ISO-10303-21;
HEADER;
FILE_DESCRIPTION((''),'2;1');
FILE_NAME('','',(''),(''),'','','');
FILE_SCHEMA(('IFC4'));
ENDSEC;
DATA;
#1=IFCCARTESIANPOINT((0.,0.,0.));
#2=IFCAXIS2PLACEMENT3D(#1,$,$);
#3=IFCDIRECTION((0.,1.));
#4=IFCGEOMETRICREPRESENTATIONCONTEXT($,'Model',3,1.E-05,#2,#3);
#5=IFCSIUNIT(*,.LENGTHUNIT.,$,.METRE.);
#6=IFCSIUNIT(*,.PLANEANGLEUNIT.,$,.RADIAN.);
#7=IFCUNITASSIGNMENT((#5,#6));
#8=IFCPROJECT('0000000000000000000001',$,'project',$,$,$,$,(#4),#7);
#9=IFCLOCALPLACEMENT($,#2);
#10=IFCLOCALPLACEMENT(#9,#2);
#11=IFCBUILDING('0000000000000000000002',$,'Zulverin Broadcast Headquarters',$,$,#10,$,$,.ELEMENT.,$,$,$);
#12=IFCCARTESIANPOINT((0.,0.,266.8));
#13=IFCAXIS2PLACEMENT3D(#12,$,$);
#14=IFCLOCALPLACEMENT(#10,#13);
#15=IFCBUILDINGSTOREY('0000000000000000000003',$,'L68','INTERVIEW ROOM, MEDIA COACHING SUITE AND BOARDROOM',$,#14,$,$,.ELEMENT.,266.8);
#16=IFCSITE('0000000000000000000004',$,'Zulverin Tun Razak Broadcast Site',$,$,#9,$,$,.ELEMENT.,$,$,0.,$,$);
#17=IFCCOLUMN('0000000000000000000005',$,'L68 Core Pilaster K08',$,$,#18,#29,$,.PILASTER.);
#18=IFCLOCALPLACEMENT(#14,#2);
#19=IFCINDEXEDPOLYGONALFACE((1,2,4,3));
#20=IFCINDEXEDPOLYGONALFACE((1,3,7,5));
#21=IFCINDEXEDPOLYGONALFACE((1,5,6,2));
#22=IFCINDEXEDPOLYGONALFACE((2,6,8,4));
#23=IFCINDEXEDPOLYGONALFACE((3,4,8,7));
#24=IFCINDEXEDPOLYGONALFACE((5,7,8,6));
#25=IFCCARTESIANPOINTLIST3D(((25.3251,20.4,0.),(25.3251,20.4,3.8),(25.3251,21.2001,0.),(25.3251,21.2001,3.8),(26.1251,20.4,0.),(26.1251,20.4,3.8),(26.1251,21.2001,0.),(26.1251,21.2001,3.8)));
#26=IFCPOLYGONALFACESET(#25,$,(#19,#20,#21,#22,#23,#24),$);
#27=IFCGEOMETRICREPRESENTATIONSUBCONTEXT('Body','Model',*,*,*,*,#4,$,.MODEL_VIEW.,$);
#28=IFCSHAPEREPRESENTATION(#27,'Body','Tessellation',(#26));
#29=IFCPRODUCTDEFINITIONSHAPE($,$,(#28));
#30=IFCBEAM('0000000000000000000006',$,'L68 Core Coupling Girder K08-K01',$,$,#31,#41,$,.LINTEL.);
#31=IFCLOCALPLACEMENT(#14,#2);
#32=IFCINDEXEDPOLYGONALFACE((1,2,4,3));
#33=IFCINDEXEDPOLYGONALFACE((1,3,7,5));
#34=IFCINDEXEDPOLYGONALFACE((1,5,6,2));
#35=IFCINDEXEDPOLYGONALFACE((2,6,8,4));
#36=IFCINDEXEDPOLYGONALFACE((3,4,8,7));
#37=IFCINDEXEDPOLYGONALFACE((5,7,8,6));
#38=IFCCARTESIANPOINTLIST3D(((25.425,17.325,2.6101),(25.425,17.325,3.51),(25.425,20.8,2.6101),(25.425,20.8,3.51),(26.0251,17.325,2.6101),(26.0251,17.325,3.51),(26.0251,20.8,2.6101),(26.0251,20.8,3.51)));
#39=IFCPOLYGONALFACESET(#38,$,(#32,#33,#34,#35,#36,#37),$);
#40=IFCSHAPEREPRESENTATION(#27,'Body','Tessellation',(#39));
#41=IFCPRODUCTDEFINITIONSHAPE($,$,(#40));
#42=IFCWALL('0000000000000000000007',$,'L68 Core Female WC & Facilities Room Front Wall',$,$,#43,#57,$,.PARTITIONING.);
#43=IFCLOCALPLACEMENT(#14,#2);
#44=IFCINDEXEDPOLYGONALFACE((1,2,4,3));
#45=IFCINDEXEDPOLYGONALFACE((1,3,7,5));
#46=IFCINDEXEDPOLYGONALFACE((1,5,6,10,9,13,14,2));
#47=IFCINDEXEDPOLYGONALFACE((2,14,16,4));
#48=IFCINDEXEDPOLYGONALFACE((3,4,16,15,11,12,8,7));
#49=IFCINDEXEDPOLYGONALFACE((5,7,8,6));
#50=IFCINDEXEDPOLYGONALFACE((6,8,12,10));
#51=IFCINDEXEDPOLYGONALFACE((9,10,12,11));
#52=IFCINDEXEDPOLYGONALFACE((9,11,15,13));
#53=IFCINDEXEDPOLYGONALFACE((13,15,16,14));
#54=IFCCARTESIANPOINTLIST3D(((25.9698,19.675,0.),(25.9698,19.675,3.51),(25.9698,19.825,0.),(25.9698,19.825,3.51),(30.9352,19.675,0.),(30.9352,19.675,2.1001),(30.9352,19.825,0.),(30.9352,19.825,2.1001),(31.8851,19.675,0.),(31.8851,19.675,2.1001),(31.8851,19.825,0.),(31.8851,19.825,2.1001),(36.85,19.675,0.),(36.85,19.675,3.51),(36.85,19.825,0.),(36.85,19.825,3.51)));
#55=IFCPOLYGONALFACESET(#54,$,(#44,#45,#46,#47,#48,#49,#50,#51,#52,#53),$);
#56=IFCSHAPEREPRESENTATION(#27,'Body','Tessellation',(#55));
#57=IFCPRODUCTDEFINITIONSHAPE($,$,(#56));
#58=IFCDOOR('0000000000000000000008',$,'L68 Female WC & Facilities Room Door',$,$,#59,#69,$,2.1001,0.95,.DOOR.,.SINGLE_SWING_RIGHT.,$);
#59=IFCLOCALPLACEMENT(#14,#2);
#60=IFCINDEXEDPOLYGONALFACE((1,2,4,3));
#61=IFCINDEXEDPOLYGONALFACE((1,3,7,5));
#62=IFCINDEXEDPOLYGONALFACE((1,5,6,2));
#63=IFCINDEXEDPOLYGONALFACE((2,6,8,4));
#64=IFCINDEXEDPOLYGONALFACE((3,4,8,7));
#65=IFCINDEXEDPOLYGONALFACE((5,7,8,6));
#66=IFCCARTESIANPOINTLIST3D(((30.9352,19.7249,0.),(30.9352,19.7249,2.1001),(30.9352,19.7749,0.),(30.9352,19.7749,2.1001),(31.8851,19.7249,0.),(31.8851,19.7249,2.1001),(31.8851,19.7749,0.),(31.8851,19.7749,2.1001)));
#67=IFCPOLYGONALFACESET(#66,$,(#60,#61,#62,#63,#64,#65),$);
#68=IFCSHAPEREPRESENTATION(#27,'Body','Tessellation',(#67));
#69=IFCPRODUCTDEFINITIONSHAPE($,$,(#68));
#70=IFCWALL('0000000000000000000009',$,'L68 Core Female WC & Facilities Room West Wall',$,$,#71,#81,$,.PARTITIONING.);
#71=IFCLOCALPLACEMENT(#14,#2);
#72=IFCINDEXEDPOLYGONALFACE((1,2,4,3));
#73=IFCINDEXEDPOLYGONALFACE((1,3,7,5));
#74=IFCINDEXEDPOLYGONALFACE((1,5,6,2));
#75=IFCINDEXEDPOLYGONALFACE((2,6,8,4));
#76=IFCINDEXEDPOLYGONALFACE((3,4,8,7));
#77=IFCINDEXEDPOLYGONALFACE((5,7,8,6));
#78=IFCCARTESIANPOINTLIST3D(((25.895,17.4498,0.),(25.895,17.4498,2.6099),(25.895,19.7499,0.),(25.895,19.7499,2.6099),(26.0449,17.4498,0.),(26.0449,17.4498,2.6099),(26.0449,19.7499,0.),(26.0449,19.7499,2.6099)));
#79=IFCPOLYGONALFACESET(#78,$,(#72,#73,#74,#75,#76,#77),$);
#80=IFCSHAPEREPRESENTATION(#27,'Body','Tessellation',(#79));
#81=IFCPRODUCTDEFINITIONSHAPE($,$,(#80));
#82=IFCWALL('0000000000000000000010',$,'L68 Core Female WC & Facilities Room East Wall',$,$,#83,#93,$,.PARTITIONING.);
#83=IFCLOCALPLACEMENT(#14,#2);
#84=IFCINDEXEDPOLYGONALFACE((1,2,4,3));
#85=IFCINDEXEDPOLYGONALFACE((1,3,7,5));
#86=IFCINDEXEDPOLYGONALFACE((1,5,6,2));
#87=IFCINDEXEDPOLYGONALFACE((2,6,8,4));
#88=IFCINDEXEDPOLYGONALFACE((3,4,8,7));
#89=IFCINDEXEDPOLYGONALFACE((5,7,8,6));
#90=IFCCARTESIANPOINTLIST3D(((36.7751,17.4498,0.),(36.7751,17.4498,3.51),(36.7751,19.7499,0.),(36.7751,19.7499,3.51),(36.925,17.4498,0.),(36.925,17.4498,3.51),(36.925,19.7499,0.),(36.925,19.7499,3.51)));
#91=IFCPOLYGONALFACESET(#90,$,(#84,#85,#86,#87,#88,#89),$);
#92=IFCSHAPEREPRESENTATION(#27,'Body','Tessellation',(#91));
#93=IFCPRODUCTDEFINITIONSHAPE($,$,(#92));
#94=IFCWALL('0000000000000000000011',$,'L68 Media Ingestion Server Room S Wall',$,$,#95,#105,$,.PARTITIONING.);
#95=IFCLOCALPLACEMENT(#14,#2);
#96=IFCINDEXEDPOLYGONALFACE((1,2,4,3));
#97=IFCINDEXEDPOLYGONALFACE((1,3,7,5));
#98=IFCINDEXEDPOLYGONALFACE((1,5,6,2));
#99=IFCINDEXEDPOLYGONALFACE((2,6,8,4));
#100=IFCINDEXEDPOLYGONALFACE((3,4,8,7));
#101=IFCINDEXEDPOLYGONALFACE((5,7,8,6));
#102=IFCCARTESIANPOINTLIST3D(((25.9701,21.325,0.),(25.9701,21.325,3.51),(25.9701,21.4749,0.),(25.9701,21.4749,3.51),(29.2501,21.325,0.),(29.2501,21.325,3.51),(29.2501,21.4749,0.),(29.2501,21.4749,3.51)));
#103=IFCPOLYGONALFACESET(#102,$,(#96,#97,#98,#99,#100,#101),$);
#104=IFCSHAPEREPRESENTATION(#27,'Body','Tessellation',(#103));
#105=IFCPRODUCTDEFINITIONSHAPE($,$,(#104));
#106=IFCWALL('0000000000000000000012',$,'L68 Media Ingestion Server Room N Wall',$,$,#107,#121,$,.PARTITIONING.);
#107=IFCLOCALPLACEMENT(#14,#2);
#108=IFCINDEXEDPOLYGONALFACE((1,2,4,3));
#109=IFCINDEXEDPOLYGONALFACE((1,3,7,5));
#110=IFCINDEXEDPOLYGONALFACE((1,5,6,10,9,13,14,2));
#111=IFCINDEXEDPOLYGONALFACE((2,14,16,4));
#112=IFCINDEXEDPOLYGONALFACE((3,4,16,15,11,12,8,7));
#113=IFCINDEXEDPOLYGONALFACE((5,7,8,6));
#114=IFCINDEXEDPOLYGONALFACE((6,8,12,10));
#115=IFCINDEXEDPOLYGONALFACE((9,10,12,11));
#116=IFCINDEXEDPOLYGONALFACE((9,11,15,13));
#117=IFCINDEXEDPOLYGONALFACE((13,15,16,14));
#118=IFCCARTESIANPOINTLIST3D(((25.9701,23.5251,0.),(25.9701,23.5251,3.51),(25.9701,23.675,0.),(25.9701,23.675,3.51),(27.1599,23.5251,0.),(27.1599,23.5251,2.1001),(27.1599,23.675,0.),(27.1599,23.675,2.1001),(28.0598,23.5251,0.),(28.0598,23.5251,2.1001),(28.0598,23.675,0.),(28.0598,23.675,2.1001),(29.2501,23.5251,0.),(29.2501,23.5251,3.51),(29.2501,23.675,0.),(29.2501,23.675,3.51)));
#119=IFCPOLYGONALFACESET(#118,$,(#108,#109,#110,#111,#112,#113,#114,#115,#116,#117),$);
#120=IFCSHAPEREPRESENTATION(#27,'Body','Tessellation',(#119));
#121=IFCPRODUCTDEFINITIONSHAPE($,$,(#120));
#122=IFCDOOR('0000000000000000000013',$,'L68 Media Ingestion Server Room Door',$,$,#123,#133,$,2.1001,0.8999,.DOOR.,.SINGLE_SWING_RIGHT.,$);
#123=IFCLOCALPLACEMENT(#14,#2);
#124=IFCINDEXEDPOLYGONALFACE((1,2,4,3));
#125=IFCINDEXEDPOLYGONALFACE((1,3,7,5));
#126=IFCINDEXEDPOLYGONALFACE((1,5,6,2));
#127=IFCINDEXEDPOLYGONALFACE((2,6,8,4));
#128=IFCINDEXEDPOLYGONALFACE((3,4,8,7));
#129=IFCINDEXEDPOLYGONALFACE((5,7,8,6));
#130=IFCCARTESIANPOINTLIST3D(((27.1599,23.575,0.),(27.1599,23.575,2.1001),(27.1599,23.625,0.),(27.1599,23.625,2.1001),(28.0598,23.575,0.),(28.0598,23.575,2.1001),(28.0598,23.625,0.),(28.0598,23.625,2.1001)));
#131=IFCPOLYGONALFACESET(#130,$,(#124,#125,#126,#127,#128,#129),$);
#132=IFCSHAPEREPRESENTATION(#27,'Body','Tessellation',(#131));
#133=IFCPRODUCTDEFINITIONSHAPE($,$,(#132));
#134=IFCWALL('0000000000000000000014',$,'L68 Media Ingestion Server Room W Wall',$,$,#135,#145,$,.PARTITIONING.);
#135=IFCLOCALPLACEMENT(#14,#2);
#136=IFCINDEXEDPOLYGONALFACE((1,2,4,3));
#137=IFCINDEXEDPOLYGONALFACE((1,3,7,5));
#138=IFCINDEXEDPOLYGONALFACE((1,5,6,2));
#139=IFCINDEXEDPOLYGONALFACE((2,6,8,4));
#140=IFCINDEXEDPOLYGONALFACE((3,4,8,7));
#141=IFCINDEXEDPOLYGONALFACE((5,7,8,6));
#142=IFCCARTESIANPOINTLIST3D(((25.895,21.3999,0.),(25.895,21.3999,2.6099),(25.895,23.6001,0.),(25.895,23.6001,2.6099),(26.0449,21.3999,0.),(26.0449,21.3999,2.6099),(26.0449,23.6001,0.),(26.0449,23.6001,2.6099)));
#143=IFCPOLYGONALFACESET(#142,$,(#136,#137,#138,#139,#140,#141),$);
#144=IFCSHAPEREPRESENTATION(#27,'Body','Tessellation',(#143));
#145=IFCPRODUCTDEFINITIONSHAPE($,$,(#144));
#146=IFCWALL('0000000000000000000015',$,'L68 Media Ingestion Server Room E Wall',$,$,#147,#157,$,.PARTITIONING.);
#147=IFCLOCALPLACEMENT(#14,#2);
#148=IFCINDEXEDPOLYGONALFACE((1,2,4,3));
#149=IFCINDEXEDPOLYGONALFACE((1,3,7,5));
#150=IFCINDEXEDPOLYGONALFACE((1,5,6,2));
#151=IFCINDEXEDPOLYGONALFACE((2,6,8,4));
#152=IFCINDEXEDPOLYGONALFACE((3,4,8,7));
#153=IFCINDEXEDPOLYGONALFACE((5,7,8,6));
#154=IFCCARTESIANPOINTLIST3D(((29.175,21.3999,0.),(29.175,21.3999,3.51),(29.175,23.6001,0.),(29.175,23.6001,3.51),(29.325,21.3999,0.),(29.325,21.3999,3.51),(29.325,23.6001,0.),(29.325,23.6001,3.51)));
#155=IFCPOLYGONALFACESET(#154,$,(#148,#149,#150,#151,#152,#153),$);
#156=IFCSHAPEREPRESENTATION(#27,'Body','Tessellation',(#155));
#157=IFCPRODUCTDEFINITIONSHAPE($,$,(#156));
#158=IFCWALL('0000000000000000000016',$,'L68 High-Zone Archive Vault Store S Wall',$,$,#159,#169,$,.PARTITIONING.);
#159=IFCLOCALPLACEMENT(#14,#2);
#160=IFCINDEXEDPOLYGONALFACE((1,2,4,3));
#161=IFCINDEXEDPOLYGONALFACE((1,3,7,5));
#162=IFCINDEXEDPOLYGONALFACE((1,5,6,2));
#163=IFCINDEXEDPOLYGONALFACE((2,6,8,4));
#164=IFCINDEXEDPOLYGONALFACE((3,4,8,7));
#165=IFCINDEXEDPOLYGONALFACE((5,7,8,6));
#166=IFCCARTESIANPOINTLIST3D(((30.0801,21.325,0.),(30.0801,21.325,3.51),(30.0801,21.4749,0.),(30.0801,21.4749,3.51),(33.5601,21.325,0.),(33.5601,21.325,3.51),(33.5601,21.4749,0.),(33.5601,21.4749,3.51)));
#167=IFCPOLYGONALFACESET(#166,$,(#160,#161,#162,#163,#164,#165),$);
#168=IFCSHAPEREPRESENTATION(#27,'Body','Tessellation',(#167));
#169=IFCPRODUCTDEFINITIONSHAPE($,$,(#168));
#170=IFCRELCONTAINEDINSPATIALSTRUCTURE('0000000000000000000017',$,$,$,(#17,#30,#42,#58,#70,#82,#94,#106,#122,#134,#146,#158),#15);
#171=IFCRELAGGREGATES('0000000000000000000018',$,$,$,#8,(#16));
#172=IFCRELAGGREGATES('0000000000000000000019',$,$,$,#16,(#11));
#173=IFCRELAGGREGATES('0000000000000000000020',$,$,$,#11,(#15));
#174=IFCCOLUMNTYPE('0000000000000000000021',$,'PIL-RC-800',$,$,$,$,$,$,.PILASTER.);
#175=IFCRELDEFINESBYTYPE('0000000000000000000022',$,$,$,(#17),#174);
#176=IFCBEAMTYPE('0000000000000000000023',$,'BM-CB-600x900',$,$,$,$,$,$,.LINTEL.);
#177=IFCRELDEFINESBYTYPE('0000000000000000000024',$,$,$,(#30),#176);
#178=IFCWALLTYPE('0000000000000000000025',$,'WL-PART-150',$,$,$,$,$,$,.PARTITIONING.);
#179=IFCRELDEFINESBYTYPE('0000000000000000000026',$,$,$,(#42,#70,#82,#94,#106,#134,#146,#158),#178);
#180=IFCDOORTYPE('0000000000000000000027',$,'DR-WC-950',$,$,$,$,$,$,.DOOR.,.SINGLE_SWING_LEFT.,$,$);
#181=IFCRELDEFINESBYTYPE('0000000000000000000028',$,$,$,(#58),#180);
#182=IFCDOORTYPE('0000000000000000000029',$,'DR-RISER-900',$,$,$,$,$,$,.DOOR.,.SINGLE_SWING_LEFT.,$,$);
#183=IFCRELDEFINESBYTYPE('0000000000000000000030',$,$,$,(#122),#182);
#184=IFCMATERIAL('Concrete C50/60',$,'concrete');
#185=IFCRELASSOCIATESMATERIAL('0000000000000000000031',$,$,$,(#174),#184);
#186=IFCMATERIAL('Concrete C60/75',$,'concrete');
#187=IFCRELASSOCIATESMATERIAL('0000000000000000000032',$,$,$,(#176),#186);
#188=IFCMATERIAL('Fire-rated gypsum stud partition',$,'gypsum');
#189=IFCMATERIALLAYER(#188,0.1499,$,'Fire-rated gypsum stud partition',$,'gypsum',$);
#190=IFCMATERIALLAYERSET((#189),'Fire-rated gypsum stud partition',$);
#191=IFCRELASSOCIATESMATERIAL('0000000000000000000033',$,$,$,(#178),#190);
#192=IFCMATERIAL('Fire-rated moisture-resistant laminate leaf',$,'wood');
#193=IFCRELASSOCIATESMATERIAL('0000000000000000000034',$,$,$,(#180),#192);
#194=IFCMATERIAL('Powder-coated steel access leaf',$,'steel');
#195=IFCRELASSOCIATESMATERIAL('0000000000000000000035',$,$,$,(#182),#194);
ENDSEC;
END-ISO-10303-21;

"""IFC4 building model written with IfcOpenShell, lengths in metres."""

from ifc_helpers import new_model, si_unit, direction, frame, frame_2d, origin, origin_2d, place, context, subcontext, project, spatial, rectangle, extrude, material, layer, layer_set, material_profile, profile_set, type_object, element, fill, save


model = new_model("IFC4")

# Units and contexts
model_context = context("Model", 3, precision=1e-05, world=origin(), true_north=direction((0.0, 1.0)))
body_context = subcontext(model_context, "Body", "Model", "MODEL_VIEW")
ifc_project = project(units=[si_unit("LENGTHUNIT", "METRE"), si_unit("PLANEANGLEUNIT", "RADIAN")], contexts=[model_context])

# Site, building, storey
site_placement = place(None, origin())
site = spatial("IfcSite", under=ifc_project, at=site_placement, Name="Zulverin Tun Razak Broadcast Site", CompositionType="ELEMENT", RefElevation=0.0)
building_placement = place(site_placement, origin())
building = spatial("IfcBuilding", under=site, at=building_placement, Name="Zulverin Broadcast Headquarters", CompositionType="ELEMENT")
storey_placement = place(building_placement, frame((0.0, 0.0, 266.8)))
storey = spatial("IfcBuildingStorey", under=building, at=storey_placement, Name="L68", Description="INTERVIEW ROOM, MEDIA COACHING SUITE AND BOARDROOM", CompositionType="ELEMENT", Elevation=266.8)

# Column
ifc_material_1 = material(Name="Concrete C50/60", Category="concrete")
ifc_material_profile_1 = material_profile(ifc_material_1, rectangle(XDim=0.8, YDim=0.8, at=origin_2d()), Name="Concrete C50/60", Category="concrete")
ifc_profile_set_1 = profile_set([ifc_material_profile_1], Name="Concrete C50/60")
column_type = type_object("IfcColumnType", Name="PIL-RC-800", PredefinedType="PILASTER", material=ifc_profile_set_1)
column_placement = place(storey_placement, frame((25.7251, 20.8, 0.0), z_axis=(0.0, 0.0, 1.0), x_axis=(1.0, 0.0, 0.0)))
element("IfcColumn", 1, at=column_placement, inside=storey, type_object=column_type, Name="L68 Core Pilaster K08", PredefinedType="PILASTER", context=body_context, shape_type="SweptSolid", body=[
    extrude(rectangle(XDim=0.8, YDim=0.8, at=origin_2d()), origin(), (0.0, 0.0, 1.0), 3.8),
])

# Beam
ifc_material_2 = material(Name="Concrete C60/75", Category="concrete")
ifc_material_profile_2 = material_profile(ifc_material_2, rectangle(XDim=0.6001, YDim=0.8999, at=origin_2d()), Name="Concrete C60/75", Category="concrete")
ifc_profile_set_2 = profile_set([ifc_material_profile_2], Name="Concrete C60/75")
beam_type = type_object("IfcBeamType", Name="BM-CB-600x900", PredefinedType="LINTEL", material=ifc_profile_set_2)
beam_placement = place(storey_placement, frame((25.7251, 20.8, 3.0601), z_axis=(0.0, -1.0, 0.0), x_axis=(1.0, 0.0, 0.0)))
element("IfcBeam", 2, at=beam_placement, inside=storey, type_object=beam_type, Name="L68 Core Coupling Girder K08-K01", PredefinedType="LINTEL", context=body_context, shape_type="SweptSolid", body=[
    extrude(rectangle(XDim=0.6001, YDim=0.8999, at=origin_2d()), origin(), (0.0, 0.0, 1.0), 3.4751),
])

# Wall, opening, door
ifc_material_3 = material(Name="Fire-rated gypsum stud partition", Category="gypsum")
ifc_layer_1 = layer(ifc_material_3, 0.1499, Name="Fire-rated gypsum stud partition", Category="gypsum")
ifc_layer_set_1 = layer_set([ifc_layer_1], Name="Fire-rated gypsum stud partition")
wall_type_1 = type_object("IfcWallType", Name="WL-PART-150", PredefinedType="PARTITIONING", material=ifc_layer_set_1)
wall_1_placement = place(storey_placement, frame((25.97, 19.75, 0.0), z_axis=(0.0, 0.0, 1.0), x_axis=(1.0, 0.0, 0.0)))
wall_1 = element("IfcWall", 3, at=wall_1_placement, inside=storey, type_object=wall_type_1, Name="L68 Core Female WC & Facilities Room Front Wall", PredefinedType="PARTITIONING", context=body_context, shape_type="SweptSolid", body=[
    extrude(rectangle(XDim=10.8801, YDim=0.1499, at=frame_2d((5.4399, 0.0))), origin(), (0.0, 0.0, 1.0), 3.51),
])
opening_1_placement = place(wall_1_placement, frame((4.9651, 0.0, 0.0)))
opening_1 = element("IfcOpeningElement", 4, at=opening_1_placement, cuts=wall_1, PredefinedType="OPENING", context=body_context, shape_type="SweptSolid", body=[
    extrude(rectangle(XDim=0.95, YDim=2.1001, at=frame_2d((0.4751, 1.05))), frame((0.0, 0.085, 0.0), z_axis=(0.0, -1.0, 0.0), x_axis=(1.0, 0.0, 0.0)), (0.0, 0.0, 1.0), 0.1699),
])
ifc_material_4 = material(Name="Fire-rated moisture-resistant laminate leaf", Category="wood")
door_type_1 = type_object("IfcDoorType", Name="DR-WC-950", OperationType="SINGLE_SWING_LEFT", PredefinedType="DOOR", material=ifc_material_4)
door_1_placement = place(opening_1_placement, origin())
door_1 = element("IfcDoor", 5, at=door_1_placement, inside=storey, type_object=door_type_1, Name="L68 Female WC & Facilities Room Door", OperationType="SINGLE_SWING_RIGHT", OverallHeight=2.1001, OverallWidth=0.95, PredefinedType="DOOR", context=body_context, shape_type="SweptSolid", body=[
    extrude(rectangle(XDim=0.95, YDim=2.1001, at=frame_2d((0.4751, 1.05))), frame((0.0, 0.0249, 0.0), z_axis=(0.0, -1.0, 0.0), x_axis=(1.0, 0.0, 0.0)), (0.0, 0.0, 1.0), 0.05),
])
fill(opening_1, door_1)

# Walls
wall_2_placement = place(storey_placement, frame((25.97, 17.45, 0.0), z_axis=(0.0, 0.0, 1.0), x_axis=(0.0, 1.0, 0.0)))
element("IfcWall", 6, at=wall_2_placement, inside=storey, type_object=wall_type_1, Name="L68 Core Female WC & Facilities Room West Wall", PredefinedType="PARTITIONING", context=body_context, shape_type="SweptSolid", body=[
    extrude(rectangle(XDim=2.3, YDim=0.1499, at=frame_2d((1.1499, 0.0))), origin(), (0.0, 0.0, 1.0), 2.6099),
])
wall_3_placement = place(storey_placement, frame((36.8501, 17.45, 0.0), z_axis=(0.0, 0.0, 1.0), x_axis=(0.0, 1.0, 0.0)))
element("IfcWall", 7, at=wall_3_placement, inside=storey, type_object=wall_type_1, Name="L68 Core Female WC & Facilities Room East Wall", PredefinedType="PARTITIONING", context=body_context, shape_type="SweptSolid", body=[
    extrude(rectangle(XDim=2.3, YDim=0.1499, at=frame_2d((1.1499, 0.0))), origin(), (0.0, 0.0, 1.0), 3.51),
])
wall_4_placement = place(storey_placement, frame((25.97, 21.3999, 0.0), z_axis=(0.0, 0.0, 1.0), x_axis=(1.0, 0.0, 0.0)))
element("IfcWall", 8, at=wall_4_placement, inside=storey, type_object=wall_type_1, Name="L68 Media Ingestion Server Room S Wall", PredefinedType="PARTITIONING", context=body_context, shape_type="SweptSolid", body=[
    extrude(rectangle(XDim=3.28, YDim=0.1499, at=frame_2d((1.6401, 0.0))), origin(), (0.0, 0.0, 1.0), 3.51),
])

# Wall, opening, door
wall_5_placement = place(storey_placement, frame((25.97, 23.6001, 0.0), z_axis=(0.0, 0.0, 1.0), x_axis=(1.0, 0.0, 0.0)))
wall_5 = element("IfcWall", 9, at=wall_5_placement, inside=storey, type_object=wall_type_1, Name="L68 Media Ingestion Server Room N Wall", PredefinedType="PARTITIONING", context=body_context, shape_type="SweptSolid", body=[
    extrude(rectangle(XDim=3.28, YDim=0.1499, at=frame_2d((1.6401, 0.0))), origin(), (0.0, 0.0, 1.0), 3.51),
])
opening_2_placement = place(wall_5_placement, frame((1.1899, 0.0, 0.0)))
opening_2 = element("IfcOpeningElement", 10, at=opening_2_placement, cuts=wall_5, PredefinedType="OPENING", context=body_context, shape_type="SweptSolid", body=[
    extrude(rectangle(XDim=0.8999, YDim=2.1001, at=frame_2d((0.45, 1.05))), frame((0.0, 0.085, 0.0), z_axis=(0.0, -1.0, 0.0), x_axis=(1.0, 0.0, 0.0)), (0.0, 0.0, 1.0), 0.1699),
])
ifc_material_5 = material(Name="Powder-coated steel access leaf", Category="steel")
door_type_2 = type_object("IfcDoorType", Name="DR-RISER-900", OperationType="SINGLE_SWING_LEFT", PredefinedType="DOOR", material=ifc_material_5)
door_2_placement = place(opening_2_placement, origin())
door_2 = element("IfcDoor", 11, at=door_2_placement, inside=storey, type_object=door_type_2, Name="L68 Media Ingestion Server Room Door", OperationType="SINGLE_SWING_RIGHT", OverallHeight=2.1001, OverallWidth=0.8999, PredefinedType="DOOR", context=body_context, shape_type="SweptSolid", body=[
    extrude(rectangle(XDim=0.8999, YDim=2.1001, at=frame_2d((0.45, 1.05))), frame((0.0, 0.0249, 0.0), z_axis=(0.0, -1.0, 0.0), x_axis=(1.0, 0.0, 0.0)), (0.0, 0.0, 1.0), 0.05),
])
fill(opening_2, door_2)

# Walls
wall_6_placement = place(storey_placement, frame((25.97, 21.3999, 0.0), z_axis=(0.0, 0.0, 1.0), x_axis=(0.0, 1.0, 0.0)))
element("IfcWall", 12, at=wall_6_placement, inside=storey, type_object=wall_type_1, Name="L68 Media Ingestion Server Room W Wall", PredefinedType="PARTITIONING", context=body_context, shape_type="SweptSolid", body=[
    extrude(rectangle(XDim=2.2002, YDim=0.1499, at=frame_2d((1.1001, 0.0))), origin(), (0.0, 0.0, 1.0), 2.6099),
])
wall_7_placement = place(storey_placement, frame((29.25, 21.3999, 0.0), z_axis=(0.0, 0.0, 1.0), x_axis=(0.0, 1.0, 0.0)))
element("IfcWall", 13, at=wall_7_placement, inside=storey, type_object=wall_type_1, Name="L68 Media Ingestion Server Room E Wall", PredefinedType="PARTITIONING", context=body_context, shape_type="SweptSolid", body=[
    extrude(rectangle(XDim=2.2002, YDim=0.1499, at=frame_2d((1.1001, 0.0))), origin(), (0.0, 0.0, 1.0), 3.51),
])
wall_8_placement = place(storey_placement, frame((30.0801, 21.3999, 0.0), z_axis=(0.0, 0.0, 1.0), x_axis=(1.0, 0.0, 0.0)))
element("IfcWall", 14, at=wall_8_placement, inside=storey, type_object=wall_type_1, Name="L68 High-Zone Archive Vault Store S Wall", PredefinedType="PARTITIONING", context=body_context, shape_type="SweptSolid", body=[
    extrude(rectangle(XDim=3.48, YDim=0.1499, at=frame_2d((1.74, 0.0))), origin(), (0.0, 0.0, 1.0), 3.51),
])

save(model, "model.ifc")
